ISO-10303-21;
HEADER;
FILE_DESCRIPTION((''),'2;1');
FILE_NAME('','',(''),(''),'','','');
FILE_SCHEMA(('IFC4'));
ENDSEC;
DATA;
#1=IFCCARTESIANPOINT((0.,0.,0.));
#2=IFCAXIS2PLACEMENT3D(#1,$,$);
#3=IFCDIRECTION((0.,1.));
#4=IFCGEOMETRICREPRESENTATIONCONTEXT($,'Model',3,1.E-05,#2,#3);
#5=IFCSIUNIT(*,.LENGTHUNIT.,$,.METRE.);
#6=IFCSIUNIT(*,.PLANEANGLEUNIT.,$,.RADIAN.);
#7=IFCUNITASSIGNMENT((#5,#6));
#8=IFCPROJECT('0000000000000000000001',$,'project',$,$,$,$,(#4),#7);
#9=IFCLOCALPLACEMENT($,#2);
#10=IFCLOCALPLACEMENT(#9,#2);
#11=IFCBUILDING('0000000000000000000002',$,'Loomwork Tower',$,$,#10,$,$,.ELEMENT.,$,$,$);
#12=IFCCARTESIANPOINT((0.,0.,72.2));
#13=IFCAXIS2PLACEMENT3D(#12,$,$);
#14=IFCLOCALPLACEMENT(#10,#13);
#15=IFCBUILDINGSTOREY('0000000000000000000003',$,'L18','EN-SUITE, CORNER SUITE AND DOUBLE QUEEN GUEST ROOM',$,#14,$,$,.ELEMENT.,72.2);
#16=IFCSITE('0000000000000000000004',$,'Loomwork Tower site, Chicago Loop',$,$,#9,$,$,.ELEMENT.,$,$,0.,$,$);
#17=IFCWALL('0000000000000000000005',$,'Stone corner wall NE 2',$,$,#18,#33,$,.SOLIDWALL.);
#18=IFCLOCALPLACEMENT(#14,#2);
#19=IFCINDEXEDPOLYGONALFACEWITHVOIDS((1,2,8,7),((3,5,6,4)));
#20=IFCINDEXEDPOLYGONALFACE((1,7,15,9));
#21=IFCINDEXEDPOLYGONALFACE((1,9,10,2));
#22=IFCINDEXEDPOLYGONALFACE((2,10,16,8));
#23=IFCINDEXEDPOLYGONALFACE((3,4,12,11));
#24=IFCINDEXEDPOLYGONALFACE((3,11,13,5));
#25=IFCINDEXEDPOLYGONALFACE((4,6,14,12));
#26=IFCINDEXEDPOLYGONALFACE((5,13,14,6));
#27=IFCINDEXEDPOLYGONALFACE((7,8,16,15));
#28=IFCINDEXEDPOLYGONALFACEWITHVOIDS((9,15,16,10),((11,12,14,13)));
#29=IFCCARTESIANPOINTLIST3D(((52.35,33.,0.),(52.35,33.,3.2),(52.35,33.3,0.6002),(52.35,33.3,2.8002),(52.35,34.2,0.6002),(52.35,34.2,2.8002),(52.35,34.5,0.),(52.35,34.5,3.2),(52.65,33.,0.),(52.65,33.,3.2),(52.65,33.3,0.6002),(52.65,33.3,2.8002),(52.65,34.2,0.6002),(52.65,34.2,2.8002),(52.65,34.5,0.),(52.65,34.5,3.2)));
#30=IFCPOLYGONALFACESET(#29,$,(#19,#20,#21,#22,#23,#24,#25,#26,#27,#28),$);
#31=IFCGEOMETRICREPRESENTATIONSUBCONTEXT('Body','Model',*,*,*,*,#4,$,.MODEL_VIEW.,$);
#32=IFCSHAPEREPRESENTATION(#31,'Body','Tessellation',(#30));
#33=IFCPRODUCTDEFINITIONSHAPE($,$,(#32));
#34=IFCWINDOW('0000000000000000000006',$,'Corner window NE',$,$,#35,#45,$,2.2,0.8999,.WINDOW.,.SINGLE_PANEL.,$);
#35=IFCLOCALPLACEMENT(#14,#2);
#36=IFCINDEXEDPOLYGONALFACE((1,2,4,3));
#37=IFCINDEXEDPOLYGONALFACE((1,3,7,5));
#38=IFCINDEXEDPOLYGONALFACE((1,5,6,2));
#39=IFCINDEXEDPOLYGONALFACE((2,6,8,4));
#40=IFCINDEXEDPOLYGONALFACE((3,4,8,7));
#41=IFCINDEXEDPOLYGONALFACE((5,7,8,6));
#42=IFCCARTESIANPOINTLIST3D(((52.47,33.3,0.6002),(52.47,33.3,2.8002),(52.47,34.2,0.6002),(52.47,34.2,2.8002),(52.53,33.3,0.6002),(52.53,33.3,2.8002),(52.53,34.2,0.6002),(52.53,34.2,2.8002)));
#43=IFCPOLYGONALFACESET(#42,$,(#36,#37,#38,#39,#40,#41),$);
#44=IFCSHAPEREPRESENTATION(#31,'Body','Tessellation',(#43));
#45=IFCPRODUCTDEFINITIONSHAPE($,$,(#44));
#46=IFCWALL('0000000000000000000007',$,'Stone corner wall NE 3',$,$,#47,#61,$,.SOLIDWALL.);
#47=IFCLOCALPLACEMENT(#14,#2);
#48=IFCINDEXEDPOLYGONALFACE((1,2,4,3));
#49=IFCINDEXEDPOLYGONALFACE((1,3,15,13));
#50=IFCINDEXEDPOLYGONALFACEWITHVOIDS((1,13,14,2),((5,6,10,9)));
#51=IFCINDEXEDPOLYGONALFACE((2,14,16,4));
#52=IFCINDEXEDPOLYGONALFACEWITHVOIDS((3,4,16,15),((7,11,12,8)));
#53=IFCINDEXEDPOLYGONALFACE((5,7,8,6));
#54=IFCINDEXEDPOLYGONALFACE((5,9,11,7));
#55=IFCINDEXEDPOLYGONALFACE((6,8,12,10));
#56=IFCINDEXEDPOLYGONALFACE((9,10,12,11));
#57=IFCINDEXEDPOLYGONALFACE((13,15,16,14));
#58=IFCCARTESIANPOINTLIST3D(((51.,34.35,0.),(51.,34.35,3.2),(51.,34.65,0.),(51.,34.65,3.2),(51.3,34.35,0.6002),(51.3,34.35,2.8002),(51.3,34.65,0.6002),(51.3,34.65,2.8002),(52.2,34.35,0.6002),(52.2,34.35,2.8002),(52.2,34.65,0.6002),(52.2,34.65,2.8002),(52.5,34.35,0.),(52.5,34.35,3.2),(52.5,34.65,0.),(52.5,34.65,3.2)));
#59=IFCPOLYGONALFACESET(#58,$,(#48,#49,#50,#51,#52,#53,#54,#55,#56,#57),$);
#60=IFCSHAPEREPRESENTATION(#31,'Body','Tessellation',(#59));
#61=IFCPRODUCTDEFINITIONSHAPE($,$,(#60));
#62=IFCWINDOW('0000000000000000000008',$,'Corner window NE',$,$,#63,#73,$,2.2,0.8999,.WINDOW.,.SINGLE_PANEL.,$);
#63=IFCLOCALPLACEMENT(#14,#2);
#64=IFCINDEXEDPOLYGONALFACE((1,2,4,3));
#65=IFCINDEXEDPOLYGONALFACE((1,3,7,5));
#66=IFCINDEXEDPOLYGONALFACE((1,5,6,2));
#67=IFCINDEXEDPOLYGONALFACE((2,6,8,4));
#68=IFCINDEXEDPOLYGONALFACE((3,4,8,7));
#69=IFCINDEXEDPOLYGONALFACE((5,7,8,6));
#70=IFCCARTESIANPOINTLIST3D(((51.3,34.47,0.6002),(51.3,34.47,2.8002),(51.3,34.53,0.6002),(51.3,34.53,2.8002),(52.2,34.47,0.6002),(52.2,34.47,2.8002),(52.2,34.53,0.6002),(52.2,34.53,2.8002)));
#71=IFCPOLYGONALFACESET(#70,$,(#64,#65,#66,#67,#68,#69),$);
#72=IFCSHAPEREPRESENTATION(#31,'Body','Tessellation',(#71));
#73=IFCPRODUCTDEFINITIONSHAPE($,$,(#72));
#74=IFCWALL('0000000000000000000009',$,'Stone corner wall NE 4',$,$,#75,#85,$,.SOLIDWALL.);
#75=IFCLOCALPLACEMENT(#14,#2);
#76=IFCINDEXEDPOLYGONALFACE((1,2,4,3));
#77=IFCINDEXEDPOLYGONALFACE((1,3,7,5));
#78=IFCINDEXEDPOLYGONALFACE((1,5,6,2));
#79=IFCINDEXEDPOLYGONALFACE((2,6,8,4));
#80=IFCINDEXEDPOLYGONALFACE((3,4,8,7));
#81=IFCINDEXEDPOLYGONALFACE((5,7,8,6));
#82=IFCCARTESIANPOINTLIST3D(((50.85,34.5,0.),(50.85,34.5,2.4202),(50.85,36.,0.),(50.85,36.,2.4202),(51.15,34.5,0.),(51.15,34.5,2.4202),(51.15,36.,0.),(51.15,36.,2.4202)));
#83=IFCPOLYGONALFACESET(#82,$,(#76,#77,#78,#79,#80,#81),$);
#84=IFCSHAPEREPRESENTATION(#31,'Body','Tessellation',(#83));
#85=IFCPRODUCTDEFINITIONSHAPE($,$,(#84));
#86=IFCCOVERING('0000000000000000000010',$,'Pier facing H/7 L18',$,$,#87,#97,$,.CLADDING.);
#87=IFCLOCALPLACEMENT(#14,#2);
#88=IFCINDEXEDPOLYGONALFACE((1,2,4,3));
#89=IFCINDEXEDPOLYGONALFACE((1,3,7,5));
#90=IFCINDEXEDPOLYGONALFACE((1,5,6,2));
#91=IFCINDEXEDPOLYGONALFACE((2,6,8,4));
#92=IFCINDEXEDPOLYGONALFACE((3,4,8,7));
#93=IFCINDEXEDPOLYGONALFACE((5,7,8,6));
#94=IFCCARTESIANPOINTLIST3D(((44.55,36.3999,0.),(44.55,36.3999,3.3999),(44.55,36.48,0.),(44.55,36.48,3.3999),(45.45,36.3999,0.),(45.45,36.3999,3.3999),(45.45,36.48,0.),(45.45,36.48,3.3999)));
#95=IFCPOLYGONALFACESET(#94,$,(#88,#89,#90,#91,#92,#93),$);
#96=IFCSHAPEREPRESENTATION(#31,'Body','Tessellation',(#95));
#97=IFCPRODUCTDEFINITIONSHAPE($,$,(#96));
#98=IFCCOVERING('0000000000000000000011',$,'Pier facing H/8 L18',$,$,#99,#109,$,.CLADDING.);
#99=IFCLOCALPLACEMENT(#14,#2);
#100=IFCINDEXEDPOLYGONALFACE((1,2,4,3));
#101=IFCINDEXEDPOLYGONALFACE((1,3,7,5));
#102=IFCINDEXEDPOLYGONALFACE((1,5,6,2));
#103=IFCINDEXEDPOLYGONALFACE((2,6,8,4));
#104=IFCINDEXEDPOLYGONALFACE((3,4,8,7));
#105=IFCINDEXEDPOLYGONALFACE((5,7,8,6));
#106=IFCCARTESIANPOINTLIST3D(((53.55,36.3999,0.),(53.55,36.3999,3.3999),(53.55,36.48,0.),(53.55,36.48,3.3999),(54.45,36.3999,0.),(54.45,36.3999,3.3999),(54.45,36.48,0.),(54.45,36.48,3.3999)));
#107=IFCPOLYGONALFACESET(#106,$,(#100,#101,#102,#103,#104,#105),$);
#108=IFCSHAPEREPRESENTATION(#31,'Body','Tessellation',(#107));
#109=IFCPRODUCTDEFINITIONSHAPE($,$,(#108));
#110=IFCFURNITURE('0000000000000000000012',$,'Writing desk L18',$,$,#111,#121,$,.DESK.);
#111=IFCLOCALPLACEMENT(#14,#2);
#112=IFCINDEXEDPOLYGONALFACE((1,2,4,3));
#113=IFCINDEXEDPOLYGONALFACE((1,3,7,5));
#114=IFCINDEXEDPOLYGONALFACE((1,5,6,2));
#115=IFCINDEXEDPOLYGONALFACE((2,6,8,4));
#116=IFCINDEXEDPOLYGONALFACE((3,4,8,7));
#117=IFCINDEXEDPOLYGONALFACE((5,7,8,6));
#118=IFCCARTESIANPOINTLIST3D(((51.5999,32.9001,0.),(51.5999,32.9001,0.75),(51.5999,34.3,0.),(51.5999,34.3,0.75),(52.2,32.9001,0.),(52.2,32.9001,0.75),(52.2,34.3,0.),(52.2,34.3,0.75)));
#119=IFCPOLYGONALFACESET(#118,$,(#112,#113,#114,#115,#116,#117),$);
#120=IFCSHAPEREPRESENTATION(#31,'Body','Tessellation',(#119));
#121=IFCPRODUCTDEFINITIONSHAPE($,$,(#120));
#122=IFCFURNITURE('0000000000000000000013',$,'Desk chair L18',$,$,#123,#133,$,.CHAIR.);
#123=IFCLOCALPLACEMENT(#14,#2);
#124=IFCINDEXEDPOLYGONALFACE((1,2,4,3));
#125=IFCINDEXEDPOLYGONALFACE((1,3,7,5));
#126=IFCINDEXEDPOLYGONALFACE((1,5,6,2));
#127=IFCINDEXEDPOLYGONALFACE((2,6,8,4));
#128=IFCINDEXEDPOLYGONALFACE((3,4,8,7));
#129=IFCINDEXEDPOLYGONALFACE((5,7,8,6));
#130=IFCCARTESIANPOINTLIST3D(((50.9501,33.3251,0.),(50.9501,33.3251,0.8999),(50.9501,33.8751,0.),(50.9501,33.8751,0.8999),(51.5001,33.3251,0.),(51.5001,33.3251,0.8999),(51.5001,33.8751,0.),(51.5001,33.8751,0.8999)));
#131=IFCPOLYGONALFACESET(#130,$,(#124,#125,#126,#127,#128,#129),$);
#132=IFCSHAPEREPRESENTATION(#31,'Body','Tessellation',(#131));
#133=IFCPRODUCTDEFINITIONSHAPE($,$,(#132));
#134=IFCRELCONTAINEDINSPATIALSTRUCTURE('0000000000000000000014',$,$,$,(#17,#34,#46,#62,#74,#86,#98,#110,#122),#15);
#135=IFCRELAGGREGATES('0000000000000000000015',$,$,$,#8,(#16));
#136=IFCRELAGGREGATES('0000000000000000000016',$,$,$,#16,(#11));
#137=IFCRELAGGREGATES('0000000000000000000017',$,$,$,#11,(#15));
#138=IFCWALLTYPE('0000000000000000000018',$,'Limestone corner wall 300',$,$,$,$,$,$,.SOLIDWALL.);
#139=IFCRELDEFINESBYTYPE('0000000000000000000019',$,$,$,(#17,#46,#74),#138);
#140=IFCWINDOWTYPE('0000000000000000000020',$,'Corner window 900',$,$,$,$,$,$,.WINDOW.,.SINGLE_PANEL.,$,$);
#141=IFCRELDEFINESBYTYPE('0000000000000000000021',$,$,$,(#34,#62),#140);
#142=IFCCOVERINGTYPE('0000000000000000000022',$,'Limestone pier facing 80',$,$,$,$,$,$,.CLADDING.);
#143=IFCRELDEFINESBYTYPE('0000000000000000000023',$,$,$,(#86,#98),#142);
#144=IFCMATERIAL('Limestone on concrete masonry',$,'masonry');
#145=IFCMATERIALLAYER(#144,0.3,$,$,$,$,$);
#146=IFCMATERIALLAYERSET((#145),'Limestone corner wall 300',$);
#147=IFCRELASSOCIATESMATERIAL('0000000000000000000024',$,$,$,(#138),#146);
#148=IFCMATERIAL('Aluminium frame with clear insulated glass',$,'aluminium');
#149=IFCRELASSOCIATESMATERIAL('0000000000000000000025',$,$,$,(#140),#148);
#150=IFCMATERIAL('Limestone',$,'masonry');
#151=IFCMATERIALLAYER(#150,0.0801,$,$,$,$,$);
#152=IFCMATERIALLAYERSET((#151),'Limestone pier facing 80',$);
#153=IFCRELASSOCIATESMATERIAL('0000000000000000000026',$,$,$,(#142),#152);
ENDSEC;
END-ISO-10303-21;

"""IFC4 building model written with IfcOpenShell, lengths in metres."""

from ifc_helpers import new_model, si_unit, direction, frame, frame_2d, origin, origin_2d, place, context, subcontext, project, spatial, rectangle, extrude, material, layer, layer_set, type_object, element, fill, save


model = new_model("IFC4")

# Units and contexts
model_context = context("Model", 3, precision=1e-05, world=origin(), true_north=direction((0.0, 1.0)))
body_context = subcontext(model_context, "Body", "Model", "MODEL_VIEW")
ifc_project = project(units=[si_unit("LENGTHUNIT", "METRE"), si_unit("PLANEANGLEUNIT", "RADIAN")], contexts=[model_context])

# Site, building, storey
site_placement = place(None, origin())
site = spatial("IfcSite", under=ifc_project, at=site_placement, Name="Loomwork Tower site, Chicago Loop", CompositionType="ELEMENT", RefElevation=0.0)
building_placement = place(site_placement, origin())
building = spatial("IfcBuilding", under=site, at=building_placement, Name="Loomwork Tower", CompositionType="ELEMENT")
storey_placement = place(building_placement, frame((0.0, 0.0, 72.2)))
storey = spatial("IfcBuildingStorey", under=building, at=storey_placement, Name="L18", Description="EN-SUITE, CORNER SUITE AND DOUBLE QUEEN GUEST ROOM", CompositionType="ELEMENT", Elevation=72.2)

# Shared definitions
ifc_material_1 = material(Name="Limestone on concrete masonry", Category="masonry")
ifc_layer_1 = layer(ifc_material_1, 0.3)
ifc_layer_set_1 = layer_set([ifc_layer_1], Name="Limestone corner wall 300")
wall_type_1 = type_object("IfcWallType", Name="Limestone corner wall 300", PredefinedType="SOLIDWALL", material=ifc_layer_set_1)

# Walls, openings, windows
wall_1_placement = place(storey_placement, frame((52.5, 33.0, 0.0), z_axis=(0.0, 0.0, 1.0), x_axis=(0.0, 1.0, 0.0)))
wall_1 = element("IfcWall", 1, at=wall_1_placement, inside=storey, type_object=wall_type_1, Name="Stone corner wall NE 2", PredefinedType="SOLIDWALL", context=body_context, shape_type="SweptSolid", body=[
    extrude(rectangle(XDim=1.5, YDim=0.3, at=frame_2d((0.75, 0.0))), origin(), (0.0, 0.0, 1.0), 3.2),
])
opening_1_placement = place(wall_1_placement, frame((0.3, 0.0, 0.6001)))
opening_1 = element("IfcOpeningElement", 2, at=opening_1_placement, cuts=wall_1, PredefinedType="OPENING", context=body_context, shape_type="SweptSolid", body=[
    extrude(rectangle(XDim=0.8999, YDim=2.2, at=frame_2d((0.45, 1.1001))), frame((0.0, 0.1599, 0.0), z_axis=(0.0, -1.0, 0.0), x_axis=(1.0, 0.0, 0.0)), (0.0, 0.0, 1.0), 0.3201),
])
ifc_material_2 = material(Name="Aluminium frame with clear insulated glass", Category="aluminium")
window_type_1 = type_object("IfcWindowType", Name="Corner window 900", PartitioningType="SINGLE_PANEL", PredefinedType="WINDOW", material=ifc_material_2)
window_1_placement = place(opening_1_placement, origin())
window_1 = element("IfcWindow", 3, at=window_1_placement, inside=storey, type_object=window_type_1, Name="Corner window NE", OverallHeight=2.2, OverallWidth=0.8999, PartitioningType="SINGLE_PANEL", PredefinedType="WINDOW", context=body_context, shape_type="SweptSolid", body=[
    extrude(rectangle(XDim=0.8999, YDim=2.2, at=frame_2d((0.45, 1.1001))), frame((0.0, 0.03, 0.0), z_axis=(0.0, -1.0, 0.0), x_axis=(1.0, 0.0, 0.0)), (0.0, 0.0, 1.0), 0.0601),
])
fill(opening_1, window_1)
wall_2_placement = place(storey_placement, frame((52.5, 34.5, 0.0), z_axis=(0.0, 0.0, 1.0), x_axis=(-1.0, 0.0, 0.0)))
wall_2 = element("IfcWall", 4, at=wall_2_placement, inside=storey, type_object=wall_type_1, Name="Stone corner wall NE 3", PredefinedType="SOLIDWALL", context=body_context, shape_type="SweptSolid", body=[
    extrude(rectangle(XDim=1.5, YDim=0.3, at=frame_2d((0.75, 0.0))), origin(), (0.0, 0.0, 1.0), 3.2),
])
opening_2_placement = place(wall_2_placement, frame((0.3, 0.0, 0.6001)))
opening_2 = element("IfcOpeningElement", 5, at=opening_2_placement, cuts=wall_2, PredefinedType="OPENING", context=body_context, shape_type="SweptSolid", body=[
    extrude(rectangle(XDim=0.8999, YDim=2.2, at=frame_2d((0.45, 1.1001))), frame((0.0, 0.1599, 0.0), z_axis=(0.0, -1.0, 0.0), x_axis=(1.0, 0.0, 0.0)), (0.0, 0.0, 1.0), 0.3201),
])
window_2_placement = place(opening_2_placement, origin())
window_2 = element("IfcWindow", 6, at=window_2_placement, inside=storey, type_object=window_type_1, Name="Corner window NE", OverallHeight=2.2, OverallWidth=0.8999, PartitioningType="SINGLE_PANEL", PredefinedType="WINDOW", context=body_context, shape_type="SweptSolid", body=[
    extrude(rectangle(XDim=0.8999, YDim=2.2, at=frame_2d((0.45, 1.1001))), frame((0.0, 0.03, 0.0), z_axis=(0.0, -1.0, 0.0), x_axis=(1.0, 0.0, 0.0)), (0.0, 0.0, 1.0), 0.0601),
])
fill(opening_2, window_2)

# Wall
wall_3_placement = place(storey_placement, frame((51.0, 34.5, 0.0), z_axis=(0.0, 0.0, 1.0), x_axis=(0.0, 1.0, 0.0)))
element("IfcWall", 7, at=wall_3_placement, inside=storey, type_object=wall_type_1, Name="Stone corner wall NE 4", PredefinedType="SOLIDWALL", context=body_context, shape_type="SweptSolid", body=[
    extrude(rectangle(XDim=1.5, YDim=0.3, at=frame_2d((0.75, 0.0))), origin(), (0.0, 0.0, 1.0), 2.4202),
])

# Coverings
ifc_material_3 = material(Name="Limestone", Category="masonry")
ifc_layer_2 = layer(ifc_material_3, 0.0801)
ifc_layer_set_2 = layer_set([ifc_layer_2], Name="Limestone pier facing 80")
covering_type = type_object("IfcCoveringType", Name="Limestone pier facing 80", PredefinedType="CLADDING", material=ifc_layer_set_2)
for number, where, z_axis, x_axis, name in (
    (8, (45.0, 36.4399, 0.0), (0.0, 0.0, 1.0), (1.0, 0.0, 0.0), "Pier facing H/7 L18"),
    (9, (54.0, 36.4399, 0.0), (0.0, 0.0, 1.0), (1.0, 0.0, 0.0), "Pier facing H/8 L18"),
):
    element("IfcCovering", number, at=place(storey_placement, frame(where, z_axis=z_axis, x_axis=x_axis)), inside=storey, type_object=covering_type, Name=name, PredefinedType="CLADDING", context=body_context, shape_type="SweptSolid", body=[
        extrude(rectangle(XDim=0.8999, YDim=0.0801, at=origin_2d()), origin(), (0.0, 0.0, 1.0), 3.3999),
    ])

# Furniture
furniture_1_placement = place(storey_placement, frame((51.8999, 33.6001, 0.0), z_axis=(0.0, 0.0, 1.0), x_axis=(1.0, 0.0, 0.0)))
element("IfcFurniture", 10, at=furniture_1_placement, inside=storey, Name="Writing desk L18", PredefinedType="DESK", context=body_context, shape_type="SweptSolid", body=[
    extrude(rectangle(XDim=0.6001, YDim=1.3999, at=origin_2d()), origin(), (0.0, 0.0, 1.0), 0.75),
])
furniture_2_placement = place(storey_placement, frame((51.2251, 33.6001, 0.0), z_axis=(0.0, 0.0, 1.0), x_axis=(1.0, 0.0, 0.0)))
element("IfcFurniture", 11, at=furniture_2_placement, inside=storey, Name="Desk chair L18", PredefinedType="CHAIR", context=body_context, shape_type="SweptSolid", body=[
    extrude(rectangle(XDim=0.55, YDim=0.55, at=origin_2d()), origin(), (0.0, 0.0, 1.0), 0.8999),
])

save(model, "model.ifc")
